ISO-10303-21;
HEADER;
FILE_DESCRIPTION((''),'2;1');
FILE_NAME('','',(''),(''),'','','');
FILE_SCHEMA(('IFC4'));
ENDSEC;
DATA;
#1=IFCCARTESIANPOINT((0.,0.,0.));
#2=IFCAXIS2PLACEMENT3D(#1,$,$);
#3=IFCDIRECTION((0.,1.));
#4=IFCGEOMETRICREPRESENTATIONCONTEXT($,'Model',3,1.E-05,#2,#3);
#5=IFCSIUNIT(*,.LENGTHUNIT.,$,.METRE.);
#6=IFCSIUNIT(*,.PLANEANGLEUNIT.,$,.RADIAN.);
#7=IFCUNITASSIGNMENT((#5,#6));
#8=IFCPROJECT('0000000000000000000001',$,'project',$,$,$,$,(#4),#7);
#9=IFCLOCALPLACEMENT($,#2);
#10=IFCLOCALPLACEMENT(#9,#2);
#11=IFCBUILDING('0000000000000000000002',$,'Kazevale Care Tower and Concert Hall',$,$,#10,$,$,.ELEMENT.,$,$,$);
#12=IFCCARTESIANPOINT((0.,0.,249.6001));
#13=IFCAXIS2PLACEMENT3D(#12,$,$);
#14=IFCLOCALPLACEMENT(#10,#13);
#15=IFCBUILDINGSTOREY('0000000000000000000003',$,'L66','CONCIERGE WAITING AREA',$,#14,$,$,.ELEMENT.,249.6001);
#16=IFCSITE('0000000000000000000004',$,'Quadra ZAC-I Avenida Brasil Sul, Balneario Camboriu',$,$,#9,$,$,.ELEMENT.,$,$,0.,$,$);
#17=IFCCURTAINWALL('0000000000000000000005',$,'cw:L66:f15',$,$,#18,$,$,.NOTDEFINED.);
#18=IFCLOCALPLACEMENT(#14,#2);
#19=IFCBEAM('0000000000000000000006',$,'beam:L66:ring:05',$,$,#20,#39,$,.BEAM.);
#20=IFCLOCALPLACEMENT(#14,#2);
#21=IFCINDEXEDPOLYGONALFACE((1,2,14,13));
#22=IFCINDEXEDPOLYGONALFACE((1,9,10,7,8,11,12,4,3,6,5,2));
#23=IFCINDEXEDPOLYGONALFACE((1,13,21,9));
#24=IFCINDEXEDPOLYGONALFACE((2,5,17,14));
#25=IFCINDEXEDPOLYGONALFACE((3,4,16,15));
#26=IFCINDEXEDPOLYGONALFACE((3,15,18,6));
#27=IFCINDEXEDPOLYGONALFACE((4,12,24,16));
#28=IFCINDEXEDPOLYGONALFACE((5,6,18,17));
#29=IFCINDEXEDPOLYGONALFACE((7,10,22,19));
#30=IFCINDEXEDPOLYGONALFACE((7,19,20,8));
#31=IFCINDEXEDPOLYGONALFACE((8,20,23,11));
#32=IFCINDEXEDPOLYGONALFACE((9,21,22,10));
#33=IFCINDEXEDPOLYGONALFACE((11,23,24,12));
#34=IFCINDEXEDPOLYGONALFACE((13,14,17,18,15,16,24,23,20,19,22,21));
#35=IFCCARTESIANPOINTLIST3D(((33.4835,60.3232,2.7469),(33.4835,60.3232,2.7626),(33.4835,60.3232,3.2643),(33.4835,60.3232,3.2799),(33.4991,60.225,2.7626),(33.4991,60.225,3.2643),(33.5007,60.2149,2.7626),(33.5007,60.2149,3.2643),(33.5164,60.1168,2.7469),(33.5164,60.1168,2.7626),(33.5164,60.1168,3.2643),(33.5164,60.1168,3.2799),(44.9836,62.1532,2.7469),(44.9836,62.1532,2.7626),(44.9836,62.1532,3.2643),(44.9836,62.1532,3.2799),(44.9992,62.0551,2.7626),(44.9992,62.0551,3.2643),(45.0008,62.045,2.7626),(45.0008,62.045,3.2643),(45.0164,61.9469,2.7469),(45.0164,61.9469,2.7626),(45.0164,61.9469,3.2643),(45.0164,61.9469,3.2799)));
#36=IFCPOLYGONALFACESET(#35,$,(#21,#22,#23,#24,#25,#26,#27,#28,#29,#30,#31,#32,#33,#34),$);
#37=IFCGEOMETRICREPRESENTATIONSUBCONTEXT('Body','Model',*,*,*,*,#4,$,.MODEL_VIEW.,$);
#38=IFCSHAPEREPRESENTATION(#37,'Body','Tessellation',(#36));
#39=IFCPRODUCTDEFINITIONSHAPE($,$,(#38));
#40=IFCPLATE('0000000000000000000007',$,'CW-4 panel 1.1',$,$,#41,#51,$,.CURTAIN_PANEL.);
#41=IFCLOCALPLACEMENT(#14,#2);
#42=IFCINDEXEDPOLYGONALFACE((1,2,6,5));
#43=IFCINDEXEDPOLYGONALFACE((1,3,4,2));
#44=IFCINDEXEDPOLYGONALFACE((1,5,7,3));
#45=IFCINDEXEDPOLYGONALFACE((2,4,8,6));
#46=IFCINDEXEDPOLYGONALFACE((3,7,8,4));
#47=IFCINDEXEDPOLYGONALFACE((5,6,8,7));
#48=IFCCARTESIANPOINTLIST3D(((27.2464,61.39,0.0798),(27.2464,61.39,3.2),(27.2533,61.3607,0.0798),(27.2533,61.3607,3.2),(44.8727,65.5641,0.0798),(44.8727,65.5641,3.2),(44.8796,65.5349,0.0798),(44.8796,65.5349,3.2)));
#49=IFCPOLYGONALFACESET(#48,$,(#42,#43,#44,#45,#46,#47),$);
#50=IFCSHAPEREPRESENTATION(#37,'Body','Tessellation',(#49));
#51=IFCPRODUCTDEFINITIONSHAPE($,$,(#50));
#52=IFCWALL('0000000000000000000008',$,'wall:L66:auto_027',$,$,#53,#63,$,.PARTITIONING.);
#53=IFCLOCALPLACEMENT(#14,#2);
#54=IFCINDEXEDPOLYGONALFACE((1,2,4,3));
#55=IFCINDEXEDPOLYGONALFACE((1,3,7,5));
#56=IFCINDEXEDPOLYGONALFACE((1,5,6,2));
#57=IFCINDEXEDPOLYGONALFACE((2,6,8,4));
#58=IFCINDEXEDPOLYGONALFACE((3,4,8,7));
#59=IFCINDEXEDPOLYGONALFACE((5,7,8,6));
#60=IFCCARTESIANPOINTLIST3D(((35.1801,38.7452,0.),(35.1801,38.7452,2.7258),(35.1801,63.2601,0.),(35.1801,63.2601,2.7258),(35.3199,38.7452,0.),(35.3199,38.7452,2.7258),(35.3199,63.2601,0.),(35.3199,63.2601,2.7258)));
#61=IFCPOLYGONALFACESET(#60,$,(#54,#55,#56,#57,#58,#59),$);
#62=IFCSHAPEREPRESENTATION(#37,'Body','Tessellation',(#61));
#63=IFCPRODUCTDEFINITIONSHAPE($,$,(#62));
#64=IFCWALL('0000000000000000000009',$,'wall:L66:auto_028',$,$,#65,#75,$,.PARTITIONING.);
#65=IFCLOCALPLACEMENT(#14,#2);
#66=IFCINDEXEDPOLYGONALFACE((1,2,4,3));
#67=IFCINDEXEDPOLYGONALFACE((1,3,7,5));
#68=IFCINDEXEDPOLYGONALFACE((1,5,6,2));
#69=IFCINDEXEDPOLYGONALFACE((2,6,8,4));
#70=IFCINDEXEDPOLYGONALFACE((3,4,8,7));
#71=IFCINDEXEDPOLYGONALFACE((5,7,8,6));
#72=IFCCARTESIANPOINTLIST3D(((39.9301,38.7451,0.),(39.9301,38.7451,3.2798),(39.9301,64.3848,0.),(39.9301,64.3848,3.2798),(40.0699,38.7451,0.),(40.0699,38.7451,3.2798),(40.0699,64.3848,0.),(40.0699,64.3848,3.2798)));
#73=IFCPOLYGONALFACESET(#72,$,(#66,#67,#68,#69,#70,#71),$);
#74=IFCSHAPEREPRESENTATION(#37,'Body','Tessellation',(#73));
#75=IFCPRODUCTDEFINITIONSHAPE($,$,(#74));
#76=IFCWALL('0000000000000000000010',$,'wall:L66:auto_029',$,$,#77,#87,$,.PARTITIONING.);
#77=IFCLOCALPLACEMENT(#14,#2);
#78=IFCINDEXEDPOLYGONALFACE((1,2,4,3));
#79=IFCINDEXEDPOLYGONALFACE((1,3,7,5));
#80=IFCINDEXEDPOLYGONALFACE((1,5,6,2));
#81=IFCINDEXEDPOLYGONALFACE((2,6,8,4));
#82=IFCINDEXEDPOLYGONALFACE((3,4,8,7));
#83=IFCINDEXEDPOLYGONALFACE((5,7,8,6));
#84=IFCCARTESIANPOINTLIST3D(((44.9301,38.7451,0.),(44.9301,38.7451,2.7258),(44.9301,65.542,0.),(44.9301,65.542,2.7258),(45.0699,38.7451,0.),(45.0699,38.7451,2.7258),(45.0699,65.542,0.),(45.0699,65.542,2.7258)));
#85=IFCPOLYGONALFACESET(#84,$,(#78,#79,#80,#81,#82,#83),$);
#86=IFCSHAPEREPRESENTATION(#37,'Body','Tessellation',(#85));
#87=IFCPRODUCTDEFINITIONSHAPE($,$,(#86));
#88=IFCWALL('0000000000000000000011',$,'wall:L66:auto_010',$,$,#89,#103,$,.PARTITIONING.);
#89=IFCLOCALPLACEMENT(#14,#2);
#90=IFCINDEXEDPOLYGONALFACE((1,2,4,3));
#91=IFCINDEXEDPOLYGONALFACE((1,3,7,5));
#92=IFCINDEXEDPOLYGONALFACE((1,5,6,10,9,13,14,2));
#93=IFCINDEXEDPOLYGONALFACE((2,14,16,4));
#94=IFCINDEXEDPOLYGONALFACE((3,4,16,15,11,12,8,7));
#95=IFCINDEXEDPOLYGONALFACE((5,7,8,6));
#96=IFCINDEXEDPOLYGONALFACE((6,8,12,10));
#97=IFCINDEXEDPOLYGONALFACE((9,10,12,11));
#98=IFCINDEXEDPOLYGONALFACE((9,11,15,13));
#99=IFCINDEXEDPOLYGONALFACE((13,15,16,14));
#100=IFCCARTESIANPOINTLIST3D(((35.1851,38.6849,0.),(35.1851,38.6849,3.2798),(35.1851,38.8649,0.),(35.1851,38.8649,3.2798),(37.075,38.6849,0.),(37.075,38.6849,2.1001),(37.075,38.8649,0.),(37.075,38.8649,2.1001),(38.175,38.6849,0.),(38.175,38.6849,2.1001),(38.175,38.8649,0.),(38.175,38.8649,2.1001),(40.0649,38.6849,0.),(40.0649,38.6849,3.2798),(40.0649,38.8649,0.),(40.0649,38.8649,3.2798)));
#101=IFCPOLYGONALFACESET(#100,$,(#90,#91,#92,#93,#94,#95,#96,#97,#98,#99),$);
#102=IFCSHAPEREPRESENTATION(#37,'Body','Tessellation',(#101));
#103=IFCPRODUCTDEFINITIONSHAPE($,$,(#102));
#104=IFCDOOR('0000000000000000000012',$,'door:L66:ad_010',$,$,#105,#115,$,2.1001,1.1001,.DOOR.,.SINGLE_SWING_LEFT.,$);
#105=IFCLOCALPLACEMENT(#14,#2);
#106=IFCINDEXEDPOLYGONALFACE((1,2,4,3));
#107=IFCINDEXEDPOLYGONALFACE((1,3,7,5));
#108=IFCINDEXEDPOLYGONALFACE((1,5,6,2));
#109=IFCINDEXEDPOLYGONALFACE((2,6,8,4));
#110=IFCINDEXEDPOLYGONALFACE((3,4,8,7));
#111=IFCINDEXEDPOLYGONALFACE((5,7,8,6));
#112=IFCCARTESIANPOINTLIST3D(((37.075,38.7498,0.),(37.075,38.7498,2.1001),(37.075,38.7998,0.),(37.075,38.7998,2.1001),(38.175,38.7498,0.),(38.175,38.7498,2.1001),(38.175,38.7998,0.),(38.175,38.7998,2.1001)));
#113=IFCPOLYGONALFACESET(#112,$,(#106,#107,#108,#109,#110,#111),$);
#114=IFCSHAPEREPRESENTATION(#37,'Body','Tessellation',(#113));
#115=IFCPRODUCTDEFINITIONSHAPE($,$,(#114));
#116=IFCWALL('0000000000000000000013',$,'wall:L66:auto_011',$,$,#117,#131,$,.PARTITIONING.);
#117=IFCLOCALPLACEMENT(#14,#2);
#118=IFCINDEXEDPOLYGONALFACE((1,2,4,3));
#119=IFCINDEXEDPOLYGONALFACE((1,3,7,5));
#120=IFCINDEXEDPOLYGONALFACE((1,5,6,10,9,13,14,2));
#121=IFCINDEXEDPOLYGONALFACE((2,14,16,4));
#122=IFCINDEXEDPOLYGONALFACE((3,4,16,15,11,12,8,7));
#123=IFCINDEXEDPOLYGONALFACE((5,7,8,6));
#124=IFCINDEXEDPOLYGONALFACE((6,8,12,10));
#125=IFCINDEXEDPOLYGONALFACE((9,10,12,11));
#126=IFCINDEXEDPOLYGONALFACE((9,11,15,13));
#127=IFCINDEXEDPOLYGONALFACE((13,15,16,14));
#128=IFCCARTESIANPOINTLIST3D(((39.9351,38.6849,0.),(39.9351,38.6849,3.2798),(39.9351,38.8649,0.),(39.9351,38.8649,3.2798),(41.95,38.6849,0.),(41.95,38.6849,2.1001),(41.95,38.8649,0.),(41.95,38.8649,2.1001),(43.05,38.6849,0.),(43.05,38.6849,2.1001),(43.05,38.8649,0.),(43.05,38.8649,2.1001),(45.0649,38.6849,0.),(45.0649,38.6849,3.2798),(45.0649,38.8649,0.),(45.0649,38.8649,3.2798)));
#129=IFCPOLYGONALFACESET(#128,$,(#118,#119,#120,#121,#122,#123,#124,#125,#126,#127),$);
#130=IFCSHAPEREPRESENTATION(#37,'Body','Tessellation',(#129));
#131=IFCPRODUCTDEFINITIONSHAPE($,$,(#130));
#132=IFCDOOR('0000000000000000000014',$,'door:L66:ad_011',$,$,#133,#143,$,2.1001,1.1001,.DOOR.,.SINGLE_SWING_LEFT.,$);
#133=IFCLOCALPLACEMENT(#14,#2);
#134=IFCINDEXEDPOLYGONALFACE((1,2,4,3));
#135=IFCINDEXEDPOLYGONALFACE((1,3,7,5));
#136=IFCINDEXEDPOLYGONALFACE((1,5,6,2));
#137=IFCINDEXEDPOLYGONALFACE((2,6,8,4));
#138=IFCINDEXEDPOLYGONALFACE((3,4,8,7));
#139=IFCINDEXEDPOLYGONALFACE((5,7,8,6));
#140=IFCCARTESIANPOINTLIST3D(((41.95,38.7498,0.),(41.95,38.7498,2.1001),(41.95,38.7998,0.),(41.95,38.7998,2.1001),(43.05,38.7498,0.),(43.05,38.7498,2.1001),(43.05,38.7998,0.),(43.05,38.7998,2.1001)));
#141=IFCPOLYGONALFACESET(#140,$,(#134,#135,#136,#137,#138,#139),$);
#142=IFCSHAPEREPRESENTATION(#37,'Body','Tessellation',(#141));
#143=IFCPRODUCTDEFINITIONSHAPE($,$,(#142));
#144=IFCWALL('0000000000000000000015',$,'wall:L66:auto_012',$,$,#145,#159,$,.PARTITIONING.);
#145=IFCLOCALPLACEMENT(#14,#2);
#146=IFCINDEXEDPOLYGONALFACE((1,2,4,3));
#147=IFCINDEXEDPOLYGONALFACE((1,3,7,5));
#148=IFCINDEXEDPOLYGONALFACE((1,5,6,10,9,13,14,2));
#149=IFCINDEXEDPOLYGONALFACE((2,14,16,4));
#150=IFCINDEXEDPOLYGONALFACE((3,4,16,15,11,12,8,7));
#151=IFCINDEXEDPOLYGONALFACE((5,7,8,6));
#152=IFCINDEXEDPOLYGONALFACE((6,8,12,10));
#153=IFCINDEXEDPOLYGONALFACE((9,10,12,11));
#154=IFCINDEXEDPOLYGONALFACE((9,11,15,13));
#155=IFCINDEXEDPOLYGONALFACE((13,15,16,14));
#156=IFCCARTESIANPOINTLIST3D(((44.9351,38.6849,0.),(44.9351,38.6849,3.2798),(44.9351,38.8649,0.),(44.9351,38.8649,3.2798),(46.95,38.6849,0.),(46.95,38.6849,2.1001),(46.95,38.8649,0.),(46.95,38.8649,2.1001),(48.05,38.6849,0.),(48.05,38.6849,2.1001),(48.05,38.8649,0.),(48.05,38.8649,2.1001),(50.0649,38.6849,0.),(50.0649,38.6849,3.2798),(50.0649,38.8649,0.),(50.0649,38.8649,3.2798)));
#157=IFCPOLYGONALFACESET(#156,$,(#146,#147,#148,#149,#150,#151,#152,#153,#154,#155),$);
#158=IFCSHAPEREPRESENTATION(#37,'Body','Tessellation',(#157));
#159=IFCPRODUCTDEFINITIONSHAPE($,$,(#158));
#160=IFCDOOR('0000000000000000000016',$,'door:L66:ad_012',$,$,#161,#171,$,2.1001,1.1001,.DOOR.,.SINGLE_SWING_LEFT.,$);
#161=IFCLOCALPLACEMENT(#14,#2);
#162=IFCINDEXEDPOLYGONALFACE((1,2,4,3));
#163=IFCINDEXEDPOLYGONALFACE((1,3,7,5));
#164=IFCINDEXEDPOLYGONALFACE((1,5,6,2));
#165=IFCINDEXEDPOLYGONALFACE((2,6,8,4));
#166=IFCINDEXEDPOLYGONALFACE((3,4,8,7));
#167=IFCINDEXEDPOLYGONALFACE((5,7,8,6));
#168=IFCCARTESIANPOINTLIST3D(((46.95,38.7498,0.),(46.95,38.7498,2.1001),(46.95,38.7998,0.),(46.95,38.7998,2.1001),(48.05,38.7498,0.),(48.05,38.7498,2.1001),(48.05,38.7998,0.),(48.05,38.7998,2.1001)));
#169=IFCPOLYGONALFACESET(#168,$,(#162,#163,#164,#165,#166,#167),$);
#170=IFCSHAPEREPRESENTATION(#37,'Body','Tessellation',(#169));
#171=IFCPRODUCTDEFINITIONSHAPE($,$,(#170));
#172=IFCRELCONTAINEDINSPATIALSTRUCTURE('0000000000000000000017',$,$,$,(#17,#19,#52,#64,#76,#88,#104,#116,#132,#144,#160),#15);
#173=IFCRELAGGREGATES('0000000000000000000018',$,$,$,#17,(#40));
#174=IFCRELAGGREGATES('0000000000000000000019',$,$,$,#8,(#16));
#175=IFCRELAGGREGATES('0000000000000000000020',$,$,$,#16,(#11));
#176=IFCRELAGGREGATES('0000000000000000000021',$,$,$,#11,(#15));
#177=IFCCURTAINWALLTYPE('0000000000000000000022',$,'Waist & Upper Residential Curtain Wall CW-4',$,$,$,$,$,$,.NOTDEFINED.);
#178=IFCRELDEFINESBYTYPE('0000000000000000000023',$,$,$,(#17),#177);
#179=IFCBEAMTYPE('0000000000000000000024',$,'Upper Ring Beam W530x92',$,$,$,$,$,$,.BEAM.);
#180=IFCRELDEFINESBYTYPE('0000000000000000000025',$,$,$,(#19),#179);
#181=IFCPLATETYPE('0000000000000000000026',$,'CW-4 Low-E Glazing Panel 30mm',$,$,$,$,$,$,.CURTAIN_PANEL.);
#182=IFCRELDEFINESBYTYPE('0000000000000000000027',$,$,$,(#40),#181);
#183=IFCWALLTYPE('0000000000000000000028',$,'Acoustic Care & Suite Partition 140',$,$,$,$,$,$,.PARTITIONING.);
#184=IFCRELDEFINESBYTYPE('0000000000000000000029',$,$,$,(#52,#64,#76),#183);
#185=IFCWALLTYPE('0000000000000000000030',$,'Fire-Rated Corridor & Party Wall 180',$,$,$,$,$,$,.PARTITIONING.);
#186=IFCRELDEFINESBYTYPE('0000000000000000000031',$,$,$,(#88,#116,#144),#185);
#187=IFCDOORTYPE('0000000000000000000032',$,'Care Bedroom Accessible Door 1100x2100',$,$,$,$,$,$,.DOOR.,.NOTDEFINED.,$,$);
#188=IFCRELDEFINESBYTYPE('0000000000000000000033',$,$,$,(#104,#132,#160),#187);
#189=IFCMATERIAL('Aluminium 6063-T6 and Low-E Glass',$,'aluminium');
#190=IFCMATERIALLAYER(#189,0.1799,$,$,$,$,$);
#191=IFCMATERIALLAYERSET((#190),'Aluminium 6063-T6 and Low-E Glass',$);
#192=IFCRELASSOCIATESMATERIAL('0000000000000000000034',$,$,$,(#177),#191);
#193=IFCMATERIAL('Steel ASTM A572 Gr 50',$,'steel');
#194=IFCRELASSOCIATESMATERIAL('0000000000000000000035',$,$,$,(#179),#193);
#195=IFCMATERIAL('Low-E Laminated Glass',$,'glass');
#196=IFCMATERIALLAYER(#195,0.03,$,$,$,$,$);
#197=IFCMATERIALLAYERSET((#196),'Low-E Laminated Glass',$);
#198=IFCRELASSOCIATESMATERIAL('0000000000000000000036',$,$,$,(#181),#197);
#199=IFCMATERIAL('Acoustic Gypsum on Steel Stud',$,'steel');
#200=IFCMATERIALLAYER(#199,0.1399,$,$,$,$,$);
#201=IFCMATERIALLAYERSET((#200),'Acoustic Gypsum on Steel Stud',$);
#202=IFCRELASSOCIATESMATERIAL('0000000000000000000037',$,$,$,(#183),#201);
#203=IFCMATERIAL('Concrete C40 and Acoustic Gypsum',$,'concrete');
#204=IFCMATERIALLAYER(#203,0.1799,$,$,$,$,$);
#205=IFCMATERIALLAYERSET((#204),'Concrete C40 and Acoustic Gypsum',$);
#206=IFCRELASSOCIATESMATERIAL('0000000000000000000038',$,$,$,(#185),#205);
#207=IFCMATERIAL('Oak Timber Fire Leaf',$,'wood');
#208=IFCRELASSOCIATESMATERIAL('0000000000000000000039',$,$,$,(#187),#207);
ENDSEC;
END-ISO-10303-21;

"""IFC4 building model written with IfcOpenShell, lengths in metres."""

from ifc_helpers import new_model, si_unit, direction, frame, frame_2d, origin, origin_2d, place, context, subcontext, project, spatial, rectangle, i_section, extrude, material, layer, layer_set, material_profile, profile_set, type_object, element, fill, aggregate, save


model = new_model("IFC4")

# Units and contexts
model_context = context("Model", 3, precision=1e-05, world=origin(), true_north=direction((0.0, 1.0)))
body_context = subcontext(model_context, "Body", "Model", "MODEL_VIEW")
ifc_project = project(units=[si_unit("LENGTHUNIT", "METRE"), si_unit("PLANEANGLEUNIT", "RADIAN")], contexts=[model_context])

# Site, building, storey
site_placement = place(None, origin())
site = spatial("IfcSite", under=ifc_project, at=site_placement, Name="Quadra ZAC-I Avenida Brasil Sul, Balneario Camboriu", CompositionType="ELEMENT", RefElevation=0.0)
building_placement = place(site_placement, origin())
building = spatial("IfcBuilding", under=site, at=building_placement, Name="Kazevale Care Tower and Concert Hall", CompositionType="ELEMENT")
storey_placement = place(building_placement, frame((0.0, 0.0, 249.6001)))
storey = spatial("IfcBuildingStorey", under=building, at=storey_placement, Name="L66", Description="CONCIERGE WAITING AREA", CompositionType="ELEMENT", Elevation=249.6001)

# Shared definitions
ifc_material_1 = material(Name="Aluminium 6063-T6 and Low-E Glass", Category="aluminium")

# Curtain wall
ifc_layer_1 = layer(ifc_material_1, 0.1799)
ifc_layer_set_1 = layer_set([ifc_layer_1], Name="Aluminium 6063-T6 and Low-E Glass")
curtain_wall_type_1 = type_object("IfcCurtainWallType", Name="Waist & Upper Residential Curtain Wall CW-4", PredefinedType="NOTDEFINED", material=ifc_layer_set_1)
curtain_wall_1_placement = place(storey_placement, origin())
curtain_wall_1 = element("IfcCurtainWall", 1, at=curtain_wall_1_placement, inside=storey, type_object=curtain_wall_type_1, Name="cw:L66:f15", PredefinedType="NOTDEFINED")

# Beam
ifc_material_2 = material(Name="Steel ASTM A572 Gr 50", Category="steel")
ifc_material_profile_1 = material_profile(ifc_material_2, i_section(OverallWidth=0.209, OverallDepth=0.533, WebThickness=0.0103, FlangeThickness=0.0156, at=origin_2d()), Name="W530x92")
ifc_profile_set_1 = profile_set([ifc_material_profile_1], Name="Steel ASTM A572 Gr 50")
beam_type_1 = type_object("IfcBeamType", Name="Upper Ring Beam W530x92", PredefinedType="BEAM", material=ifc_profile_set_1)
beam_1_placement = place(storey_placement, frame((45.0, 62.05, 3.0134), z_axis=(-0.987573, -0.15716, 0.0), x_axis=(0.15716, -0.987573, 0.0)))
element("IfcBeam", 2, at=beam_1_placement, inside=storey, type_object=beam_type_1, Name="beam:L66:ring:05", PredefinedType="BEAM", context=body_context, shape_type="SweptSolid", body=[
    extrude(i_section(OverallWidth=0.209, OverallDepth=0.533, WebThickness=0.0103, FlangeThickness=0.0156, at=origin_2d()), origin(), (0.0, 0.0, 1.0), 11.6448),
])

# Plate
ifc_material_3 = material(Name="Low-E Laminated Glass", Category="glass")
ifc_layer_2 = layer(ifc_material_3, 0.03)
ifc_layer_set_2 = layer_set([ifc_layer_2], Name="Low-E Laminated Glass")
plate_type = type_object("IfcPlateType", Name="CW-4 Low-E Glazing Panel 30mm", PredefinedType="CURTAIN_PANEL", material=ifc_layer_set_2)
plate_placement = place(storey_placement, frame((36.063, 63.4624, 0.0798), z_axis=(0.0, 0.0, 1.0), x_axis=(0.973087, 0.230439, 0.0)))
plate = element("IfcPlate", 3, at=plate_placement, type_object=plate_type, Name="CW-4 panel 1.1", PredefinedType="CURTAIN_PANEL", context=body_context, shape_type="SweptSolid", body=[
    extrude(rectangle(XDim=18.1138, YDim=0.03, at=origin_2d()), origin(), (0.0, 0.0, 1.0), 3.1201),
])
aggregate(curtain_wall_1, [plate])

# Walls
ifc_material_4 = material(Name="Acoustic Gypsum on Steel Stud", Category="steel")
ifc_layer_3 = layer(ifc_material_4, 0.1399)
ifc_layer_set_3 = layer_set([ifc_layer_3], Name="Acoustic Gypsum on Steel Stud")
wall_type_1 = type_object("IfcWallType", Name="Acoustic Care & Suite Partition 140", PredefinedType="PARTITIONING", material=ifc_layer_set_3)
wall_1_placement = place(storey_placement, frame((35.25, 63.26, 0.0), z_axis=(0.0, 0.0, 1.0), x_axis=(0.0, -1.0, 0.0)))
element("IfcWall", 4, at=wall_1_placement, inside=storey, type_object=wall_type_1, Name="wall:L66:auto_027", PredefinedType="PARTITIONING", context=body_context, shape_type="SweptSolid", body=[
    extrude(rectangle(XDim=24.5149, YDim=0.1399, at=frame_2d((12.2573, 0.0))), origin(), (0.0, 0.0, 1.0), 2.7258),
])
wall_2_placement = place(storey_placement, frame((40.0, 64.3848, 0.0), z_axis=(0.0, 0.0, 1.0), x_axis=(0.0, -1.0, 0.0)))
element("IfcWall", 5, at=wall_2_placement, inside=storey, type_object=wall_type_1, Name="wall:L66:auto_028", PredefinedType="PARTITIONING", context=body_context, shape_type="SweptSolid", body=[
    extrude(rectangle(XDim=25.6396, YDim=0.1399, at=frame_2d((12.8198, 0.0))), origin(), (0.0, 0.0, 1.0), 3.2798),
])
wall_3_placement = place(storey_placement, frame((45.0, 65.542, 0.0), z_axis=(0.0, 0.0, 1.0), x_axis=(0.0, -1.0, 0.0)))
element("IfcWall", 6, at=wall_3_placement, inside=storey, type_object=wall_type_1, Name="wall:L66:auto_029", PredefinedType="PARTITIONING", context=body_context, shape_type="SweptSolid", body=[
    extrude(rectangle(XDim=26.7969, YDim=0.1399, at=frame_2d((13.3984, 0.0))), origin(), (0.0, 0.0, 1.0), 2.7258),
])

# Walls, openings, doors
ifc_material_5 = material(Name="Concrete C40 and Acoustic Gypsum", Category="concrete")
ifc_layer_4 = layer(ifc_material_5, 0.1799)
ifc_layer_set_4 = layer_set([ifc_layer_4], Name="Concrete C40 and Acoustic Gypsum")
wall_type_2 = type_object("IfcWallType", Name="Fire-Rated Corridor & Party Wall 180", PredefinedType="PARTITIONING", material=ifc_layer_set_4)
wall_4_placement = place(storey_placement, frame((35.1851, 38.7749, 0.0), z_axis=(0.0, 0.0, 1.0), x_axis=(1.0, 0.0, 0.0)))
wall_4 = element("IfcWall", 7, at=wall_4_placement, inside=storey, type_object=wall_type_2, Name="wall:L66:auto_010", PredefinedType="PARTITIONING", context=body_context, shape_type="SweptSolid", body=[
    extrude(rectangle(XDim=4.8799, YDim=0.1799, at=frame_2d((2.4399, 0.0))), origin(), (0.0, 0.0, 1.0), 3.2798),
])
opening_1_placement = place(wall_4_placement, frame((1.8899, 0.0, 0.0)))
opening_1 = element("IfcOpeningElement", 8, at=opening_1_placement, cuts=wall_4, PredefinedType="OPENING", context=body_context, shape_type="SweptSolid", body=[
    extrude(rectangle(XDim=1.1001, YDim=2.1001, at=frame_2d((0.55, 1.05))), frame((0.0, 0.0999, 0.0), z_axis=(0.0, -1.0, 0.0), x_axis=(1.0, 0.0, 0.0)), (0.0, 0.0, 1.0), 0.2),
])
ifc_material_6 = material(Name="Oak Timber Fire Leaf", Category="wood")
door_type = type_object("IfcDoorType", Name="Care Bedroom Accessible Door 1100x2100", OperationType="NOTDEFINED", PredefinedType="DOOR", material=ifc_material_6)
door_1_placement = place(opening_1_placement, origin())
door_1 = element("IfcDoor", 9, at=door_1_placement, inside=storey, type_object=door_type, Name="door:L66:ad_010", OperationType="SINGLE_SWING_LEFT", OverallHeight=2.1001, OverallWidth=1.1001, PredefinedType="DOOR", context=body_context, shape_type="SweptSolid", body=[
    extrude(rectangle(XDim=1.1001, YDim=2.1001, at=frame_2d((0.55, 1.05))), frame((0.0, 0.0249, 0.0), z_axis=(0.0, -1.0, 0.0), x_axis=(1.0, 0.0, 0.0)), (0.0, 0.0, 1.0), 0.05),
])
fill(opening_1, door_1)
wall_5_placement = place(storey_placement, frame((39.9351, 38.7749, 0.0), z_axis=(0.0, 0.0, 1.0), x_axis=(1.0, 0.0, 0.0)))
wall_5 = element("IfcWall", 10, at=wall_5_placement, inside=storey, type_object=wall_type_2, Name="wall:L66:auto_011", PredefinedType="PARTITIONING", context=body_context, shape_type="SweptSolid", body=[
    extrude(rectangle(XDim=5.1299, YDim=0.1799, at=frame_2d((2.5649, 0.0))), origin(), (0.0, 0.0, 1.0), 3.2798),
])
opening_2_placement = place(wall_5_placement, frame((2.0149, 0.0, 0.0)))
opening_2 = element("IfcOpeningElement", 11, at=opening_2_placement, cuts=wall_5, PredefinedType="OPENING", context=body_context, shape_type="SweptSolid", body=[
    extrude(rectangle(XDim=1.1001, YDim=2.1001, at=frame_2d((0.55, 1.05))), frame((0.0, 0.0999, 0.0), z_axis=(0.0, -1.0, 0.0), x_axis=(1.0, 0.0, 0.0)), (0.0, 0.0, 1.0), 0.2),
])
door_2_placement = place(opening_2_placement, origin())
door_2 = element("IfcDoor", 12, at=door_2_placement, inside=storey, type_object=door_type, Name="door:L66:ad_011", OperationType="SINGLE_SWING_LEFT", OverallHeight=2.1001, OverallWidth=1.1001, PredefinedType="DOOR", context=body_context, shape_type="SweptSolid", body=[
    extrude(rectangle(XDim=1.1001, YDim=2.1001, at=frame_2d((0.55, 1.05))), frame((0.0, 0.0249, 0.0), z_axis=(0.0, -1.0, 0.0), x_axis=(1.0, 0.0, 0.0)), (0.0, 0.0, 1.0), 0.05),
])
fill(opening_2, door_2)
wall_6_placement = place(storey_placement, frame((44.9351, 38.7749, 0.0), z_axis=(0.0, 0.0, 1.0), x_axis=(1.0, 0.0, 0.0)))
wall_6 = element("IfcWall", 13, at=wall_6_placement, inside=storey, type_object=wall_type_2, Name="wall:L66:auto_012", PredefinedType="PARTITIONING", context=body_context, shape_type="SweptSolid", body=[
    extrude(rectangle(XDim=5.1299, YDim=0.1799, at=frame_2d((2.5649, 0.0))), origin(), (0.0, 0.0, 1.0), 3.2798),
])
opening_3_placement = place(wall_6_placement, frame((2.0149, 0.0, 0.0)))
opening_3 = element("IfcOpeningElement", 14, at=opening_3_placement, cuts=wall_6, PredefinedType="OPENING", context=body_context, shape_type="SweptSolid", body=[
    extrude(rectangle(XDim=1.1001, YDim=2.1001, at=frame_2d((0.55, 1.05))), frame((0.0, 0.0999, 0.0), z_axis=(0.0, -1.0, 0.0), x_axis=(1.0, 0.0, 0.0)), (0.0, 0.0, 1.0), 0.2),
])
door_3_placement = place(opening_3_placement, origin())
door_3 = element("IfcDoor", 15, at=door_3_placement, inside=storey, type_object=door_type, Name="door:L66:ad_012", OperationType="SINGLE_SWING_LEFT", OverallHeight=2.1001, OverallWidth=1.1001, PredefinedType="DOOR", context=body_context, shape_type="SweptSolid", body=[
    extrude(rectangle(XDim=1.1001, YDim=2.1001, at=frame_2d((0.55, 1.05))), frame((0.0, 0.0249, 0.0), z_axis=(0.0, -1.0, 0.0), x_axis=(1.0, 0.0, 0.0)), (0.0, 0.0, 1.0), 0.05),
])
fill(opening_3, door_3)

save(model, "model.ifc")
